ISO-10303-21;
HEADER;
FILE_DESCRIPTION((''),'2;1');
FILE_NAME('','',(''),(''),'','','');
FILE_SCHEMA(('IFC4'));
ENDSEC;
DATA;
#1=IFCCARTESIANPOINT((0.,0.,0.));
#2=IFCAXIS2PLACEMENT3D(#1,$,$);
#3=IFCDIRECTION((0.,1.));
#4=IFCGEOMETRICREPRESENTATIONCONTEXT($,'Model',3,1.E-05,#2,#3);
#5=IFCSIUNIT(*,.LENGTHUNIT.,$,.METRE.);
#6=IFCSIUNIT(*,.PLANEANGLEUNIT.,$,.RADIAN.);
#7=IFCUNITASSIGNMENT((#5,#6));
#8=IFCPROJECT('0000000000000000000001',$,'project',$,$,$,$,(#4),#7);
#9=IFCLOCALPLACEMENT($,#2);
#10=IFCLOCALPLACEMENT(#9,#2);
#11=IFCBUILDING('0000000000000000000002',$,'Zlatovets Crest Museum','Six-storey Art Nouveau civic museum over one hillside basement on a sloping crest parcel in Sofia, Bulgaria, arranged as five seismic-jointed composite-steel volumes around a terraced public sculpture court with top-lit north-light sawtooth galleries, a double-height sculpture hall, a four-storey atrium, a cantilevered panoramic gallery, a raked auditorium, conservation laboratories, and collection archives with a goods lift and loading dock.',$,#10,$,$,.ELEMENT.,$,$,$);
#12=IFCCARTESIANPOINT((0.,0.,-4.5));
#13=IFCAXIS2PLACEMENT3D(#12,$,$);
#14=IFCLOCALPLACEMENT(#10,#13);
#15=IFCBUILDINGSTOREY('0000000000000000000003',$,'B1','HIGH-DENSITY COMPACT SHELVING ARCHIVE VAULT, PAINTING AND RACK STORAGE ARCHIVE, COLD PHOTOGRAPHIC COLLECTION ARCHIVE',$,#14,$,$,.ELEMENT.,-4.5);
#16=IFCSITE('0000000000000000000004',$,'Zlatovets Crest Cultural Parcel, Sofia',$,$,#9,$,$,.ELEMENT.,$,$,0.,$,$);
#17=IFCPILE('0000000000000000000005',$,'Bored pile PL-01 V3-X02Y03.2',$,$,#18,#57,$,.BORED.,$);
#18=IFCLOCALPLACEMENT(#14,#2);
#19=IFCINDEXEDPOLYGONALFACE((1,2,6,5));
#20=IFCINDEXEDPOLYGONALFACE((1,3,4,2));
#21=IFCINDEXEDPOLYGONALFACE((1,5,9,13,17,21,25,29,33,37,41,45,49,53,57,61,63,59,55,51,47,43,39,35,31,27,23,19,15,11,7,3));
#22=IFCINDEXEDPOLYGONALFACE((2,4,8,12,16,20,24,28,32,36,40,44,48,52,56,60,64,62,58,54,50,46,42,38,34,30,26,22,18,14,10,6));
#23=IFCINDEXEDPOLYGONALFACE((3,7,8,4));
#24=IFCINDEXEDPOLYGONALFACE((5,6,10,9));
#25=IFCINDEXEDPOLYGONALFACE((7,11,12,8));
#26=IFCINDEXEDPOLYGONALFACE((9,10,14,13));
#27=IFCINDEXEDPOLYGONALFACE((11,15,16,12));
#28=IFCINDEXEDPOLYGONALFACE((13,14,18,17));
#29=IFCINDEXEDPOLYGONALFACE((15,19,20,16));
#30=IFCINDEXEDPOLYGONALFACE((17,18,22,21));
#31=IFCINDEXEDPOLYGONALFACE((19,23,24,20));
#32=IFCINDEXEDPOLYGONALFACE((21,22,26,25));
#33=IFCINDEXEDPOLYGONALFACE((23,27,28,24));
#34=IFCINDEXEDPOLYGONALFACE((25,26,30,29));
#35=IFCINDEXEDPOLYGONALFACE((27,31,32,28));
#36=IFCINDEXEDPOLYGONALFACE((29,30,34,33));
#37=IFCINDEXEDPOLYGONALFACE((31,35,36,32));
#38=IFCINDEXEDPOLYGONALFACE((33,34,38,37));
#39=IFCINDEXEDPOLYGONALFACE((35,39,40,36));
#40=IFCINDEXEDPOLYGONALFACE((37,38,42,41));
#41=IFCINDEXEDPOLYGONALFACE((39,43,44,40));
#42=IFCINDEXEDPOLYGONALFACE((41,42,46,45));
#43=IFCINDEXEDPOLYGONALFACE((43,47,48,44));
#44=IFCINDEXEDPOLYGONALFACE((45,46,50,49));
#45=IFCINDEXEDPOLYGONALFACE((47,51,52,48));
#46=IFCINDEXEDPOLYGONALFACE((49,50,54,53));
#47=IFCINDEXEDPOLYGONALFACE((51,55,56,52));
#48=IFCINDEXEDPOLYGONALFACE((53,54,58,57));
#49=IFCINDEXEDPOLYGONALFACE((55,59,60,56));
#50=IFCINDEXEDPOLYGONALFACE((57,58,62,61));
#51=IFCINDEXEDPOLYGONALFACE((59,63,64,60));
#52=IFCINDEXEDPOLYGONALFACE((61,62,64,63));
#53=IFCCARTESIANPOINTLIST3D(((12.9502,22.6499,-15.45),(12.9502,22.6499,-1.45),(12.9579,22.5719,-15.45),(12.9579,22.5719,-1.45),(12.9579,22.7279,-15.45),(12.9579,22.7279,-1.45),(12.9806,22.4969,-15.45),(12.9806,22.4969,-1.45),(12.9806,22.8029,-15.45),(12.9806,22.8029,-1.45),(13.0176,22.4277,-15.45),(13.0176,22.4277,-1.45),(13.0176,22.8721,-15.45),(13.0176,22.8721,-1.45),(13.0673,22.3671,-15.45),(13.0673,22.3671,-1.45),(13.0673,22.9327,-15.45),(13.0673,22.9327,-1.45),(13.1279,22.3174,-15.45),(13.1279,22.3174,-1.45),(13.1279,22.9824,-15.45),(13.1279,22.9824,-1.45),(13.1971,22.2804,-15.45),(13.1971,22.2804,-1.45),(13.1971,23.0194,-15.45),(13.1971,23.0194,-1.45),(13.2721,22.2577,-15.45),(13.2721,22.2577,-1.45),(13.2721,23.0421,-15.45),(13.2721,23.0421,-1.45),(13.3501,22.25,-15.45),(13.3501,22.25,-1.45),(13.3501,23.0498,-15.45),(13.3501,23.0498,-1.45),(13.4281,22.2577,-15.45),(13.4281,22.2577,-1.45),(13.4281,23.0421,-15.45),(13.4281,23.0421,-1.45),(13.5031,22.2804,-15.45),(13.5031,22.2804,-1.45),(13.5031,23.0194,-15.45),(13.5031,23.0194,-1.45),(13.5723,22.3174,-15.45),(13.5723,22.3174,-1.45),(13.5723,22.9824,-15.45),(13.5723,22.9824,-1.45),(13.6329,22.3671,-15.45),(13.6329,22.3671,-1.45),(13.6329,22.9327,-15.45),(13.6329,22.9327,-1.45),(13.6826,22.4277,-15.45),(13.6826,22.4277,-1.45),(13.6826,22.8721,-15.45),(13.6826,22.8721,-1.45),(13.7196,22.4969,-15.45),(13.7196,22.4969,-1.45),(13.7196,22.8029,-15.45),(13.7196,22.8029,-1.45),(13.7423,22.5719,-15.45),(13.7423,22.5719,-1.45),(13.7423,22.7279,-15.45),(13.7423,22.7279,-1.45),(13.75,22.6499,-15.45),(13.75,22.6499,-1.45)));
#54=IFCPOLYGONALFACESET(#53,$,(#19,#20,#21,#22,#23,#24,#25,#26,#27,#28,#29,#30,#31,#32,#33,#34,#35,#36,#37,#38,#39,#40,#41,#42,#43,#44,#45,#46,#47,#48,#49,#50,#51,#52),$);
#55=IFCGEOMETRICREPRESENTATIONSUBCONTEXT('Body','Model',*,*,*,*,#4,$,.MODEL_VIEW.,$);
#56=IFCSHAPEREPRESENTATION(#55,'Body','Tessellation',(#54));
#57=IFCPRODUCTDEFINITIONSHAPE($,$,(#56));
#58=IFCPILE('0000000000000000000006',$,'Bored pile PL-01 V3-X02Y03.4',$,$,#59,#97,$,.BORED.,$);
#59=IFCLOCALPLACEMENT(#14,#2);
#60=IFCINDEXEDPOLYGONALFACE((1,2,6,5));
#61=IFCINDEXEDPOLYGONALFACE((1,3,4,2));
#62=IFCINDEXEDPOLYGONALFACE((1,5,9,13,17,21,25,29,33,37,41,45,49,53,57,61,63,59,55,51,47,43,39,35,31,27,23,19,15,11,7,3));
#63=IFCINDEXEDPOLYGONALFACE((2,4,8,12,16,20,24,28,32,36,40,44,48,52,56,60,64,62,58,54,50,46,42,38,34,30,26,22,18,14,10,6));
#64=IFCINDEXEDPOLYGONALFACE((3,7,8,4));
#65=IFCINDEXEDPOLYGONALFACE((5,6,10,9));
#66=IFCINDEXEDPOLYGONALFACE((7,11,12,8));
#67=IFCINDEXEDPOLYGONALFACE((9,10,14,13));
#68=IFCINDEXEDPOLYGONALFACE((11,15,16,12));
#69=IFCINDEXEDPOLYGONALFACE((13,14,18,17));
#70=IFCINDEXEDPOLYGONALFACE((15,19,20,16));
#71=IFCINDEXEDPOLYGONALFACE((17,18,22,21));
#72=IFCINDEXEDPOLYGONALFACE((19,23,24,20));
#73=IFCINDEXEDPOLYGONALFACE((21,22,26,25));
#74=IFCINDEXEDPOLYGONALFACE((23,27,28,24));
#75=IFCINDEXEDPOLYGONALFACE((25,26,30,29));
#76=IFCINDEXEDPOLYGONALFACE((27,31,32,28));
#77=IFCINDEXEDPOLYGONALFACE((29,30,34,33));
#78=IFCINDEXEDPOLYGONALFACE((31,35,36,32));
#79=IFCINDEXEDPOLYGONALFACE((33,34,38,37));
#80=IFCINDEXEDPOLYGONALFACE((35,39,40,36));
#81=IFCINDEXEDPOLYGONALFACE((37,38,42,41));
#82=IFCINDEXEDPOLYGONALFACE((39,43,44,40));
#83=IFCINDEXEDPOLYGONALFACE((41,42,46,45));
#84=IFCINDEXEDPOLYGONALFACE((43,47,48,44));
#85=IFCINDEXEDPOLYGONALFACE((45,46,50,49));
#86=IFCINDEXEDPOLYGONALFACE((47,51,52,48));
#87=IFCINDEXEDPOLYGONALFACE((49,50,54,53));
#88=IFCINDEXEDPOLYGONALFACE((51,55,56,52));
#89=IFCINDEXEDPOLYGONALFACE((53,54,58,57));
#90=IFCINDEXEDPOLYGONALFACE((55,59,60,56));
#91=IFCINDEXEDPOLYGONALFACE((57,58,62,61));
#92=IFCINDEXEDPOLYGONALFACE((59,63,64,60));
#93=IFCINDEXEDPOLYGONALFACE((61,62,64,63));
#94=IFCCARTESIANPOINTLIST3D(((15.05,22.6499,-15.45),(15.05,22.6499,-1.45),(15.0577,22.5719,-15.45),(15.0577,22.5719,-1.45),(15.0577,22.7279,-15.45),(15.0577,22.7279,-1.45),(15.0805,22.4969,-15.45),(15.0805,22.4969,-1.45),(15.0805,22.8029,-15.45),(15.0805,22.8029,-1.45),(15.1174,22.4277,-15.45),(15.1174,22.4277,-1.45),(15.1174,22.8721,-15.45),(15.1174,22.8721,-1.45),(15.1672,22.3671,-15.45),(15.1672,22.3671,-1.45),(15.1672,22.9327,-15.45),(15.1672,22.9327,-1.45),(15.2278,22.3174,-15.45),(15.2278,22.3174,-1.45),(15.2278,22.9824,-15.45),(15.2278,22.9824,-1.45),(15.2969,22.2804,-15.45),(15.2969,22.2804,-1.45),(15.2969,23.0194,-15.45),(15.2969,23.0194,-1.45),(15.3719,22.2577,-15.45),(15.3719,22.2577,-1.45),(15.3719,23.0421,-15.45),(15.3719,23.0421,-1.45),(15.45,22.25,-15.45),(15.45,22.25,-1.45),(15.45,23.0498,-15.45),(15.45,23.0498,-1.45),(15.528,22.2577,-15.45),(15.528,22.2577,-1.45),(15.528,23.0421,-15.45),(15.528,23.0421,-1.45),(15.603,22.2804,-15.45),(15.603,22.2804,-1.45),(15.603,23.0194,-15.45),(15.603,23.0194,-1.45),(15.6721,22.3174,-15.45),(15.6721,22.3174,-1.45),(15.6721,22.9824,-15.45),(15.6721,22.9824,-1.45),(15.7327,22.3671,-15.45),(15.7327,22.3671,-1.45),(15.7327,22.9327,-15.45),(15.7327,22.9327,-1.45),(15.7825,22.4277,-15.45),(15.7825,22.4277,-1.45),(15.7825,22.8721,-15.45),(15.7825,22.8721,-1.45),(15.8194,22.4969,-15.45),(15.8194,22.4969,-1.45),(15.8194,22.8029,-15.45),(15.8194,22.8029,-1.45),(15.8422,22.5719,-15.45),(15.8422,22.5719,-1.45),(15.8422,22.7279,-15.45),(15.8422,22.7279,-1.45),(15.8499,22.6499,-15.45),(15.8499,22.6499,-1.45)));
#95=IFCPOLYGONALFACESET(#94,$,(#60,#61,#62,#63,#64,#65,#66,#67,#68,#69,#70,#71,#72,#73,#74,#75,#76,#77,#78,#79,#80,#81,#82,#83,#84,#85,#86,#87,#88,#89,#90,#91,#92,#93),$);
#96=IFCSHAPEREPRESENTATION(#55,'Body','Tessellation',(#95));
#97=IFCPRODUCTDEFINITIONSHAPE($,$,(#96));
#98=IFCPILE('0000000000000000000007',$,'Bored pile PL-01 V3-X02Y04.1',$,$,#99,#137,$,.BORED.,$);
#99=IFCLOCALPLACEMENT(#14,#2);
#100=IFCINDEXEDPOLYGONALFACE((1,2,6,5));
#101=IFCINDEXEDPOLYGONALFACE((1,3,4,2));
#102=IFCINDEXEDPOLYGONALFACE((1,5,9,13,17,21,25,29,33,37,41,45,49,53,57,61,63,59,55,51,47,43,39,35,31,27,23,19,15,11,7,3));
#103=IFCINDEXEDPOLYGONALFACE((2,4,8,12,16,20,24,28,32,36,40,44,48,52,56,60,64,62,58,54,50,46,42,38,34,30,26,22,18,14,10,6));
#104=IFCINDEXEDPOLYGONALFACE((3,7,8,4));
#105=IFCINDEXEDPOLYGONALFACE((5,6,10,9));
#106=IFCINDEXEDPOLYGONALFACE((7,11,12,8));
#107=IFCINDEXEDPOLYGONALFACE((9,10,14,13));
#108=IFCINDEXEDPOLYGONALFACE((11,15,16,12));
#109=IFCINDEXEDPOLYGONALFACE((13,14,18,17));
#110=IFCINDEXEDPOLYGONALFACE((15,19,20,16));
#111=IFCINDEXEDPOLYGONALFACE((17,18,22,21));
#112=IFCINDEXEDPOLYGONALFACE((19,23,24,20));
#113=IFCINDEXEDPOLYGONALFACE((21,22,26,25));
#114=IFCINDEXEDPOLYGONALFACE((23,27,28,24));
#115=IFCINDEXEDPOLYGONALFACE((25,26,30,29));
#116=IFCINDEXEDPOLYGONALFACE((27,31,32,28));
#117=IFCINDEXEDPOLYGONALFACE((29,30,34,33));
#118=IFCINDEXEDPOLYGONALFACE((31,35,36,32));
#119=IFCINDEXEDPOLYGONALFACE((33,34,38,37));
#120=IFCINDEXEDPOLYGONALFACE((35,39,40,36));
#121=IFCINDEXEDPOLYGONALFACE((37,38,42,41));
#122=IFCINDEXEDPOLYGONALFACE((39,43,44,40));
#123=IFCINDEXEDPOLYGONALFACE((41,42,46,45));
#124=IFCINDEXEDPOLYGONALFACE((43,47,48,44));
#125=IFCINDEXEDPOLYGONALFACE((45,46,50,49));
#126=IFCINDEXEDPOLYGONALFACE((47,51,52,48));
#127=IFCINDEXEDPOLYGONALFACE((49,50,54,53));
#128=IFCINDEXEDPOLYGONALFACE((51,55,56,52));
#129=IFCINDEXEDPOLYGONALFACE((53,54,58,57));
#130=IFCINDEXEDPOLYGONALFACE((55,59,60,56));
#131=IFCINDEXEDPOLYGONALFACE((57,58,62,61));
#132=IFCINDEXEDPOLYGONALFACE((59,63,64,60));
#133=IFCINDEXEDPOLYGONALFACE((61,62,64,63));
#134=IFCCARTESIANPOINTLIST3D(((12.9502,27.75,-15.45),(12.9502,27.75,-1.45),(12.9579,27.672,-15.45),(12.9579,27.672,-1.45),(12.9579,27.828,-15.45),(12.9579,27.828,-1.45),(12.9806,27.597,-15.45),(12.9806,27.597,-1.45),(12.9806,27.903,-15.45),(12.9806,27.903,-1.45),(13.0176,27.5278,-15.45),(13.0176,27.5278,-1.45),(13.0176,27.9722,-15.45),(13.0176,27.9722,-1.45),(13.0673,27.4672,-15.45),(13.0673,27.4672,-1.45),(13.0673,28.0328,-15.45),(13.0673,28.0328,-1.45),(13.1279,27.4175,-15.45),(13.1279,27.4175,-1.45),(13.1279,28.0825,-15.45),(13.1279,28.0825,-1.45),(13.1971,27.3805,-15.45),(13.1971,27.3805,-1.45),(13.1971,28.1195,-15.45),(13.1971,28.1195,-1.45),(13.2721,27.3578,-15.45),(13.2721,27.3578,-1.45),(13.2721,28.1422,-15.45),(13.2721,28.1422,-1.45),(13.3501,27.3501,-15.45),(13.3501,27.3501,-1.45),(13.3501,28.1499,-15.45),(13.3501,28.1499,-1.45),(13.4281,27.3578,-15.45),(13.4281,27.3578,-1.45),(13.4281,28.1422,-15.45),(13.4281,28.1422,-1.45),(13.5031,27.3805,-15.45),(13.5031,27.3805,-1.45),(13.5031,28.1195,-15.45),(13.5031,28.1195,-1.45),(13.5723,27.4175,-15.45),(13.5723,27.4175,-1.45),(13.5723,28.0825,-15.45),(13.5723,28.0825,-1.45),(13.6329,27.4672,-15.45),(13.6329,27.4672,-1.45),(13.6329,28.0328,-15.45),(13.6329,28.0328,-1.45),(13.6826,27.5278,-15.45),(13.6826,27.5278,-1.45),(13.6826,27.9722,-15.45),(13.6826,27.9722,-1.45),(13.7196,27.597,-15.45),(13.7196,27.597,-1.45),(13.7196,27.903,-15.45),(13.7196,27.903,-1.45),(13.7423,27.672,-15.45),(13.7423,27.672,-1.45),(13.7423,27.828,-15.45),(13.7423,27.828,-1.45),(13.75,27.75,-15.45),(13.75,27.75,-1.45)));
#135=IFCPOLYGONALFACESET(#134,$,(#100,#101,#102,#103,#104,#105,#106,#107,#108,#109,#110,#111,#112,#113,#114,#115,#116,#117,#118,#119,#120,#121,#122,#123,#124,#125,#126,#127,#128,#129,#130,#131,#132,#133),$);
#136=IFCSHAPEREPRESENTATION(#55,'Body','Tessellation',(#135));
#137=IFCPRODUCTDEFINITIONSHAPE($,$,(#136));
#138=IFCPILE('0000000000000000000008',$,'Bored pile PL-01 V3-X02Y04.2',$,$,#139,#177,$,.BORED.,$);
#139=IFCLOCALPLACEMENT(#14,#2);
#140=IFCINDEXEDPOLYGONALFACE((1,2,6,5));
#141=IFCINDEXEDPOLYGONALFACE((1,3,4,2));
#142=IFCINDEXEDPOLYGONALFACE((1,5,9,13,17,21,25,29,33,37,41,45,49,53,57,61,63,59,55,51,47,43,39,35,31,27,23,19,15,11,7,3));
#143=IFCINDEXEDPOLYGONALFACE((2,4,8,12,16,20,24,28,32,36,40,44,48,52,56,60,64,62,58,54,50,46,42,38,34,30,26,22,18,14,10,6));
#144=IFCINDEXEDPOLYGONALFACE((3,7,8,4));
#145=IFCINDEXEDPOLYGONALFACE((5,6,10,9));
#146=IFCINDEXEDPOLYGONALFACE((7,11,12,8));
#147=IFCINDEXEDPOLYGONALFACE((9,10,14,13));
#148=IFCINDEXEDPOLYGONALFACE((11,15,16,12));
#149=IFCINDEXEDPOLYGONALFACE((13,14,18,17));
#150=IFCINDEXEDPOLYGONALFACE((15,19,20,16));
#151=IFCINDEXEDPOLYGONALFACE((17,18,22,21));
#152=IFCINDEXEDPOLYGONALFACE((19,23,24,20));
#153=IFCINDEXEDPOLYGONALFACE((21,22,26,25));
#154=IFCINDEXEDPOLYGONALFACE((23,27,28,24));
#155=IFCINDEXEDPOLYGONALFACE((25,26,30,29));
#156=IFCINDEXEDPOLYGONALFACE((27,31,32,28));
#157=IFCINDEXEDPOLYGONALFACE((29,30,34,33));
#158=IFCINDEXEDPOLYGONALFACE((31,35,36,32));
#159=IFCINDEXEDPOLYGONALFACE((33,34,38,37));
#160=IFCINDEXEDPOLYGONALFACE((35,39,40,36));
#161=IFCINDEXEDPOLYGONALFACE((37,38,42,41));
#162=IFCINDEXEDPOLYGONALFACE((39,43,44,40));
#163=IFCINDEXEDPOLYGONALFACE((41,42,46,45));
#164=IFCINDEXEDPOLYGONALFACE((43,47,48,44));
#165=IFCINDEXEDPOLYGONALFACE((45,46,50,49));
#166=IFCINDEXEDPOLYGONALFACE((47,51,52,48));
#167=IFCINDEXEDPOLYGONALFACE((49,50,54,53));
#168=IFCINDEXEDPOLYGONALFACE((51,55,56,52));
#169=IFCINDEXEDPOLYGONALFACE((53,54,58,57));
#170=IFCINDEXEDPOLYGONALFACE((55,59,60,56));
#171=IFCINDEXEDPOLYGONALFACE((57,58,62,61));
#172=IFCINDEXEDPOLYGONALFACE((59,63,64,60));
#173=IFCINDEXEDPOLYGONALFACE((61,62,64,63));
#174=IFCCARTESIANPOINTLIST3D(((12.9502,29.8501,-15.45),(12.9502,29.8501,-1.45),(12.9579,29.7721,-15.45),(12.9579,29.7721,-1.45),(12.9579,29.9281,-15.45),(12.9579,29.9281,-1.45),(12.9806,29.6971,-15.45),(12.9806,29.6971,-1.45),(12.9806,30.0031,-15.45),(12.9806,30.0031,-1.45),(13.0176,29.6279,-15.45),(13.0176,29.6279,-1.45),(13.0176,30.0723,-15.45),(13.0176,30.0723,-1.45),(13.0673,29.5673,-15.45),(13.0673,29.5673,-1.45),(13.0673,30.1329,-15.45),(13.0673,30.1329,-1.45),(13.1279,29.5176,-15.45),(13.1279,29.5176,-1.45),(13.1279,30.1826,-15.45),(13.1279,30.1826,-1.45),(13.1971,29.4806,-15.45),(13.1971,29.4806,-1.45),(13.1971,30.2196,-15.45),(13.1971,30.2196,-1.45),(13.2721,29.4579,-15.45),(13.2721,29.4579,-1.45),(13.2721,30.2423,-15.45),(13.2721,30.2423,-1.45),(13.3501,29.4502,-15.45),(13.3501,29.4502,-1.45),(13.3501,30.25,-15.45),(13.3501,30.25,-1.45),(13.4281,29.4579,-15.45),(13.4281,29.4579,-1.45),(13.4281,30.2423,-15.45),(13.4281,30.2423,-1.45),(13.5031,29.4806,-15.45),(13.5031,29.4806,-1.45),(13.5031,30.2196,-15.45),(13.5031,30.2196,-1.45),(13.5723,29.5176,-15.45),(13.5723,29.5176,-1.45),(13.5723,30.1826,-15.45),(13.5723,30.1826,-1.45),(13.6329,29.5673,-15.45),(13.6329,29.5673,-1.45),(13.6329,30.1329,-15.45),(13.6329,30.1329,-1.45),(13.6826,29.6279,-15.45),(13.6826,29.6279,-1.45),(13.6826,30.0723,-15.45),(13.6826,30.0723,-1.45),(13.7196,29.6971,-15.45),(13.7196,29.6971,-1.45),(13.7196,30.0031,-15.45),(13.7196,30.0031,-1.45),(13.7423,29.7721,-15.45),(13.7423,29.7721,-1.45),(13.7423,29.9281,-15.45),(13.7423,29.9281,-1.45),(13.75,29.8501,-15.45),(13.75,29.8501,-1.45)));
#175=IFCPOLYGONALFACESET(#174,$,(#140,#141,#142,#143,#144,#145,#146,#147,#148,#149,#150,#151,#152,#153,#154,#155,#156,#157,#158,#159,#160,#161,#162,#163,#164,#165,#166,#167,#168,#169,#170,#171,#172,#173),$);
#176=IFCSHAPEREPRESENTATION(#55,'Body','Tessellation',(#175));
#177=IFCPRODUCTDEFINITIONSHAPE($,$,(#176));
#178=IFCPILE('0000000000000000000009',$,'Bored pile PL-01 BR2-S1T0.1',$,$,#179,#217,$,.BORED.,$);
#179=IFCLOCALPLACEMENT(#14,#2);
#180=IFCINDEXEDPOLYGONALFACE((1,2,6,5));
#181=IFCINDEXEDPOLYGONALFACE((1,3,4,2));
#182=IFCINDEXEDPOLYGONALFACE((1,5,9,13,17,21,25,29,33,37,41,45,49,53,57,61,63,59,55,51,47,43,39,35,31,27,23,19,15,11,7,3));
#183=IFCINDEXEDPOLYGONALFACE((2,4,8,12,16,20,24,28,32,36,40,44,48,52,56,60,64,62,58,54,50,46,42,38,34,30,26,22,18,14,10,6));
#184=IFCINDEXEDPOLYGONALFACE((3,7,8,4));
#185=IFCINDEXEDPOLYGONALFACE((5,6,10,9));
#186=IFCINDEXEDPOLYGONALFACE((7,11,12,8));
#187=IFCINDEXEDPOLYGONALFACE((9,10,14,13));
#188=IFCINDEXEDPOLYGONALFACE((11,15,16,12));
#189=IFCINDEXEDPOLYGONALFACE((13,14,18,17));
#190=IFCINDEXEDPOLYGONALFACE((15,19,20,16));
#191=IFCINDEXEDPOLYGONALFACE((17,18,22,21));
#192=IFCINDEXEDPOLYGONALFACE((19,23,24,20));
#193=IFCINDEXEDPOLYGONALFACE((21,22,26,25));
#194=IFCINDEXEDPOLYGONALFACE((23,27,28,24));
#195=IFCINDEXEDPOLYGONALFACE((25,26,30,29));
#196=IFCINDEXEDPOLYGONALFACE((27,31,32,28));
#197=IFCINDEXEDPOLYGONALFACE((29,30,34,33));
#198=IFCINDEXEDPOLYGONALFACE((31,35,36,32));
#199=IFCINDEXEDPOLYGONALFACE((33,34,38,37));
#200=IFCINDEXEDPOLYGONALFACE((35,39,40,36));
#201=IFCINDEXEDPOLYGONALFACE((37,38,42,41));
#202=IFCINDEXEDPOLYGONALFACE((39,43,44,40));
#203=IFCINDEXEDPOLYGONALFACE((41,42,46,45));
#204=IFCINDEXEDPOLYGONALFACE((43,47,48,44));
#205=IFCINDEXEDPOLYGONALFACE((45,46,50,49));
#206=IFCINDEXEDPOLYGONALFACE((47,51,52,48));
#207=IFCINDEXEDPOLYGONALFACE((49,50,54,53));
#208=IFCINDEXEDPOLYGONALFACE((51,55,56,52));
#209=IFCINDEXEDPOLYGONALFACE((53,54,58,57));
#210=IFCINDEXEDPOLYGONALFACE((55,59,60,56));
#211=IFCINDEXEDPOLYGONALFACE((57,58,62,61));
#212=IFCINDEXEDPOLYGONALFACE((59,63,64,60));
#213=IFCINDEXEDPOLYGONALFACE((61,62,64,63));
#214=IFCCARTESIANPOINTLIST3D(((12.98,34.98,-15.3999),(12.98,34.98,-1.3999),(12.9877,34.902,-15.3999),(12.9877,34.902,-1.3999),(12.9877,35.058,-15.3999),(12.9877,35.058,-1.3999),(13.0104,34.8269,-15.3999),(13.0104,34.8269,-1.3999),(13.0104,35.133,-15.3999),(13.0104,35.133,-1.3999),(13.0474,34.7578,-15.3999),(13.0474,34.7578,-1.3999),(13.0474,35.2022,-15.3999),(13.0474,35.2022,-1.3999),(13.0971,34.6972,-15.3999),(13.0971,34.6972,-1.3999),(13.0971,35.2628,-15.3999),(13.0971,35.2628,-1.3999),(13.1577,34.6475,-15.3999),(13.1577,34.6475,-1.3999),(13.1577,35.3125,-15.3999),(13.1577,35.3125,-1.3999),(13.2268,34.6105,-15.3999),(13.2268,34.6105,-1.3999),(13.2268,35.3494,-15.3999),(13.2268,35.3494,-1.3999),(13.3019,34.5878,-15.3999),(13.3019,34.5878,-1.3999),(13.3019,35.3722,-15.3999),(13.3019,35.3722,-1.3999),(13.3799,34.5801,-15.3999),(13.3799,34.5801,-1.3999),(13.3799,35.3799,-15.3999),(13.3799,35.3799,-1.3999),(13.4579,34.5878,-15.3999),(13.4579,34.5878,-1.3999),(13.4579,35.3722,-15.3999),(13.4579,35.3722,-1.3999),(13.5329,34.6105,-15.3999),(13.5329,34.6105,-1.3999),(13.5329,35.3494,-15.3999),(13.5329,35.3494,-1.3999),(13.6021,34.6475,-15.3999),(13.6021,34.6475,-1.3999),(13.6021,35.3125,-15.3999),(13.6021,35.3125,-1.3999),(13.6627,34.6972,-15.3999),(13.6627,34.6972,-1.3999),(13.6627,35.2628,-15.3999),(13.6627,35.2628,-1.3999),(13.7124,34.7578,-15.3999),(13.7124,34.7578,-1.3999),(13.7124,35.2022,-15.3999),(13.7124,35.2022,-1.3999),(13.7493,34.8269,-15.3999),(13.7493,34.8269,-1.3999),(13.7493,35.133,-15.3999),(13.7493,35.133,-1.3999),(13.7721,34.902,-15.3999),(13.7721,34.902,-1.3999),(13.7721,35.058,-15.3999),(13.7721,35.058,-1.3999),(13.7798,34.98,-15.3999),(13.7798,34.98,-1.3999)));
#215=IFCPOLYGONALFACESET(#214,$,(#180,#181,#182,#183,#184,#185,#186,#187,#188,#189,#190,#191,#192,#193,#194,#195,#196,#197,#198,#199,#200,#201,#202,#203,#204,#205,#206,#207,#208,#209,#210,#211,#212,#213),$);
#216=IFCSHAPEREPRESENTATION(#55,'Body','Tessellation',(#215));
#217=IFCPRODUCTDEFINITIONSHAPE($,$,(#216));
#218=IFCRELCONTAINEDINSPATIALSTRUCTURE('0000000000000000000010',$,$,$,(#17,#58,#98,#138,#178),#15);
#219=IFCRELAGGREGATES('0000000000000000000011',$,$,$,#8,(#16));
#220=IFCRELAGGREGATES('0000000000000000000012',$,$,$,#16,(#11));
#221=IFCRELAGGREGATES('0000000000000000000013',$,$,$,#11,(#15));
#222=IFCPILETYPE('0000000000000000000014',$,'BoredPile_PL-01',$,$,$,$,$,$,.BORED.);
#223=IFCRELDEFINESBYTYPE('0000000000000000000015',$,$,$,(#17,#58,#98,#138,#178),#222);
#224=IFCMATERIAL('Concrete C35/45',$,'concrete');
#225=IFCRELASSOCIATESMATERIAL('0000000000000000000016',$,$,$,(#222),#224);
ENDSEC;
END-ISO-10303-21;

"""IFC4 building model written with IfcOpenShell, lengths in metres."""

from ifc_helpers import new_model, si_unit, direction, frame, origin, origin_2d, place, context, subcontext, project, spatial, circle, extrude, material, material_profile, profile_set, type_object, element, save


model = new_model("IFC4")

# Units and contexts
model_context = context("Model", 3, precision=1e-05, world=origin(), true_north=direction((0.0, 1.0)))
body_context = subcontext(model_context, "Body", "Model", "MODEL_VIEW")
ifc_project = project(units=[si_unit("LENGTHUNIT", "METRE"), si_unit("PLANEANGLEUNIT", "RADIAN")], contexts=[model_context])

# Site, building, storey
site_placement = place(None, origin())
site = spatial("IfcSite", under=ifc_project, at=site_placement, Name="Zlatovets Crest Cultural Parcel, Sofia", CompositionType="ELEMENT", RefElevation=0.0)
building_placement = place(site_placement, origin())
building = spatial("IfcBuilding", under=site, at=building_placement, Name="Zlatovets Crest Museum", Description="Six-storey Art Nouveau civic museum over one hillside basement on a sloping crest parcel in Sofia, Bulgaria, arranged as five seismic-jointed composite-steel volumes around a terraced public sculpture court with top-lit north-light sawtooth galleries, a double-height sculpture hall, a four-storey atrium, a cantilevered panoramic gallery, a raked auditorium, conservation laboratories, and collection archives with a goods lift and loading dock.", CompositionType="ELEMENT")
storey_placement = place(building_placement, frame((0.0, 0.0, -4.5)))
storey = spatial("IfcBuildingStorey", under=building, at=storey_placement, Name="B1", Description="HIGH-DENSITY COMPACT SHELVING ARCHIVE VAULT, PAINTING AND RACK STORAGE ARCHIVE, COLD PHOTOGRAPHIC COLLECTION ARCHIVE", CompositionType="ELEMENT", Elevation=-4.5)

# Piles
ifc_material_1 = material(Name="Concrete C35/45", Category="concrete")
ifc_material_profile_1 = material_profile(ifc_material_1, circle(Radius=0.3999, at=origin_2d()), Name="PILE D800")
ifc_profile_set_1 = profile_set([ifc_material_profile_1], Name="Concrete C35/45")
pile_type = type_object("IfcPileType", Name="BoredPile_PL-01", PredefinedType="BORED", material=ifc_profile_set_1)
for number, where, z_axis, x_axis, name in (
    (1, (13.3501, 22.6499, -1.45), (0.0, 0.0, -1.0), (1.0, 0.0, 0.0), "Bored pile PL-01 V3-X02Y03.2"),
    (2, (15.45, 22.6499, -1.45), (0.0, 0.0, -1.0), (1.0, 0.0, 0.0), "Bored pile PL-01 V3-X02Y03.4"),
    (3, (13.3501, 27.75, -1.45), (0.0, 0.0, -1.0), (1.0, 0.0, 0.0), "Bored pile PL-01 V3-X02Y04.1"),
    (4, (13.3501, 29.8501, -1.45), (0.0, 0.0, -1.0), (1.0, 0.0, 0.0), "Bored pile PL-01 V3-X02Y04.2"),
    (5, (13.3799, 34.98, -1.3999), (0.0, 0.0, -1.0), (1.0, 0.0, 0.0), "Bored pile PL-01 BR2-S1T0.1"),
):
    element("IfcPile", number, at=place(storey_placement, frame(where, z_axis=z_axis, x_axis=x_axis)), inside=storey, type_object=pile_type, Name=name, PredefinedType="BORED", context=body_context, shape_type="SweptSolid", body=[
        extrude(circle(Radius=0.3999, at=origin_2d()), origin(), (0.0, 0.0, 1.0), 14.0),
    ])

save(model, "model.ifc")
